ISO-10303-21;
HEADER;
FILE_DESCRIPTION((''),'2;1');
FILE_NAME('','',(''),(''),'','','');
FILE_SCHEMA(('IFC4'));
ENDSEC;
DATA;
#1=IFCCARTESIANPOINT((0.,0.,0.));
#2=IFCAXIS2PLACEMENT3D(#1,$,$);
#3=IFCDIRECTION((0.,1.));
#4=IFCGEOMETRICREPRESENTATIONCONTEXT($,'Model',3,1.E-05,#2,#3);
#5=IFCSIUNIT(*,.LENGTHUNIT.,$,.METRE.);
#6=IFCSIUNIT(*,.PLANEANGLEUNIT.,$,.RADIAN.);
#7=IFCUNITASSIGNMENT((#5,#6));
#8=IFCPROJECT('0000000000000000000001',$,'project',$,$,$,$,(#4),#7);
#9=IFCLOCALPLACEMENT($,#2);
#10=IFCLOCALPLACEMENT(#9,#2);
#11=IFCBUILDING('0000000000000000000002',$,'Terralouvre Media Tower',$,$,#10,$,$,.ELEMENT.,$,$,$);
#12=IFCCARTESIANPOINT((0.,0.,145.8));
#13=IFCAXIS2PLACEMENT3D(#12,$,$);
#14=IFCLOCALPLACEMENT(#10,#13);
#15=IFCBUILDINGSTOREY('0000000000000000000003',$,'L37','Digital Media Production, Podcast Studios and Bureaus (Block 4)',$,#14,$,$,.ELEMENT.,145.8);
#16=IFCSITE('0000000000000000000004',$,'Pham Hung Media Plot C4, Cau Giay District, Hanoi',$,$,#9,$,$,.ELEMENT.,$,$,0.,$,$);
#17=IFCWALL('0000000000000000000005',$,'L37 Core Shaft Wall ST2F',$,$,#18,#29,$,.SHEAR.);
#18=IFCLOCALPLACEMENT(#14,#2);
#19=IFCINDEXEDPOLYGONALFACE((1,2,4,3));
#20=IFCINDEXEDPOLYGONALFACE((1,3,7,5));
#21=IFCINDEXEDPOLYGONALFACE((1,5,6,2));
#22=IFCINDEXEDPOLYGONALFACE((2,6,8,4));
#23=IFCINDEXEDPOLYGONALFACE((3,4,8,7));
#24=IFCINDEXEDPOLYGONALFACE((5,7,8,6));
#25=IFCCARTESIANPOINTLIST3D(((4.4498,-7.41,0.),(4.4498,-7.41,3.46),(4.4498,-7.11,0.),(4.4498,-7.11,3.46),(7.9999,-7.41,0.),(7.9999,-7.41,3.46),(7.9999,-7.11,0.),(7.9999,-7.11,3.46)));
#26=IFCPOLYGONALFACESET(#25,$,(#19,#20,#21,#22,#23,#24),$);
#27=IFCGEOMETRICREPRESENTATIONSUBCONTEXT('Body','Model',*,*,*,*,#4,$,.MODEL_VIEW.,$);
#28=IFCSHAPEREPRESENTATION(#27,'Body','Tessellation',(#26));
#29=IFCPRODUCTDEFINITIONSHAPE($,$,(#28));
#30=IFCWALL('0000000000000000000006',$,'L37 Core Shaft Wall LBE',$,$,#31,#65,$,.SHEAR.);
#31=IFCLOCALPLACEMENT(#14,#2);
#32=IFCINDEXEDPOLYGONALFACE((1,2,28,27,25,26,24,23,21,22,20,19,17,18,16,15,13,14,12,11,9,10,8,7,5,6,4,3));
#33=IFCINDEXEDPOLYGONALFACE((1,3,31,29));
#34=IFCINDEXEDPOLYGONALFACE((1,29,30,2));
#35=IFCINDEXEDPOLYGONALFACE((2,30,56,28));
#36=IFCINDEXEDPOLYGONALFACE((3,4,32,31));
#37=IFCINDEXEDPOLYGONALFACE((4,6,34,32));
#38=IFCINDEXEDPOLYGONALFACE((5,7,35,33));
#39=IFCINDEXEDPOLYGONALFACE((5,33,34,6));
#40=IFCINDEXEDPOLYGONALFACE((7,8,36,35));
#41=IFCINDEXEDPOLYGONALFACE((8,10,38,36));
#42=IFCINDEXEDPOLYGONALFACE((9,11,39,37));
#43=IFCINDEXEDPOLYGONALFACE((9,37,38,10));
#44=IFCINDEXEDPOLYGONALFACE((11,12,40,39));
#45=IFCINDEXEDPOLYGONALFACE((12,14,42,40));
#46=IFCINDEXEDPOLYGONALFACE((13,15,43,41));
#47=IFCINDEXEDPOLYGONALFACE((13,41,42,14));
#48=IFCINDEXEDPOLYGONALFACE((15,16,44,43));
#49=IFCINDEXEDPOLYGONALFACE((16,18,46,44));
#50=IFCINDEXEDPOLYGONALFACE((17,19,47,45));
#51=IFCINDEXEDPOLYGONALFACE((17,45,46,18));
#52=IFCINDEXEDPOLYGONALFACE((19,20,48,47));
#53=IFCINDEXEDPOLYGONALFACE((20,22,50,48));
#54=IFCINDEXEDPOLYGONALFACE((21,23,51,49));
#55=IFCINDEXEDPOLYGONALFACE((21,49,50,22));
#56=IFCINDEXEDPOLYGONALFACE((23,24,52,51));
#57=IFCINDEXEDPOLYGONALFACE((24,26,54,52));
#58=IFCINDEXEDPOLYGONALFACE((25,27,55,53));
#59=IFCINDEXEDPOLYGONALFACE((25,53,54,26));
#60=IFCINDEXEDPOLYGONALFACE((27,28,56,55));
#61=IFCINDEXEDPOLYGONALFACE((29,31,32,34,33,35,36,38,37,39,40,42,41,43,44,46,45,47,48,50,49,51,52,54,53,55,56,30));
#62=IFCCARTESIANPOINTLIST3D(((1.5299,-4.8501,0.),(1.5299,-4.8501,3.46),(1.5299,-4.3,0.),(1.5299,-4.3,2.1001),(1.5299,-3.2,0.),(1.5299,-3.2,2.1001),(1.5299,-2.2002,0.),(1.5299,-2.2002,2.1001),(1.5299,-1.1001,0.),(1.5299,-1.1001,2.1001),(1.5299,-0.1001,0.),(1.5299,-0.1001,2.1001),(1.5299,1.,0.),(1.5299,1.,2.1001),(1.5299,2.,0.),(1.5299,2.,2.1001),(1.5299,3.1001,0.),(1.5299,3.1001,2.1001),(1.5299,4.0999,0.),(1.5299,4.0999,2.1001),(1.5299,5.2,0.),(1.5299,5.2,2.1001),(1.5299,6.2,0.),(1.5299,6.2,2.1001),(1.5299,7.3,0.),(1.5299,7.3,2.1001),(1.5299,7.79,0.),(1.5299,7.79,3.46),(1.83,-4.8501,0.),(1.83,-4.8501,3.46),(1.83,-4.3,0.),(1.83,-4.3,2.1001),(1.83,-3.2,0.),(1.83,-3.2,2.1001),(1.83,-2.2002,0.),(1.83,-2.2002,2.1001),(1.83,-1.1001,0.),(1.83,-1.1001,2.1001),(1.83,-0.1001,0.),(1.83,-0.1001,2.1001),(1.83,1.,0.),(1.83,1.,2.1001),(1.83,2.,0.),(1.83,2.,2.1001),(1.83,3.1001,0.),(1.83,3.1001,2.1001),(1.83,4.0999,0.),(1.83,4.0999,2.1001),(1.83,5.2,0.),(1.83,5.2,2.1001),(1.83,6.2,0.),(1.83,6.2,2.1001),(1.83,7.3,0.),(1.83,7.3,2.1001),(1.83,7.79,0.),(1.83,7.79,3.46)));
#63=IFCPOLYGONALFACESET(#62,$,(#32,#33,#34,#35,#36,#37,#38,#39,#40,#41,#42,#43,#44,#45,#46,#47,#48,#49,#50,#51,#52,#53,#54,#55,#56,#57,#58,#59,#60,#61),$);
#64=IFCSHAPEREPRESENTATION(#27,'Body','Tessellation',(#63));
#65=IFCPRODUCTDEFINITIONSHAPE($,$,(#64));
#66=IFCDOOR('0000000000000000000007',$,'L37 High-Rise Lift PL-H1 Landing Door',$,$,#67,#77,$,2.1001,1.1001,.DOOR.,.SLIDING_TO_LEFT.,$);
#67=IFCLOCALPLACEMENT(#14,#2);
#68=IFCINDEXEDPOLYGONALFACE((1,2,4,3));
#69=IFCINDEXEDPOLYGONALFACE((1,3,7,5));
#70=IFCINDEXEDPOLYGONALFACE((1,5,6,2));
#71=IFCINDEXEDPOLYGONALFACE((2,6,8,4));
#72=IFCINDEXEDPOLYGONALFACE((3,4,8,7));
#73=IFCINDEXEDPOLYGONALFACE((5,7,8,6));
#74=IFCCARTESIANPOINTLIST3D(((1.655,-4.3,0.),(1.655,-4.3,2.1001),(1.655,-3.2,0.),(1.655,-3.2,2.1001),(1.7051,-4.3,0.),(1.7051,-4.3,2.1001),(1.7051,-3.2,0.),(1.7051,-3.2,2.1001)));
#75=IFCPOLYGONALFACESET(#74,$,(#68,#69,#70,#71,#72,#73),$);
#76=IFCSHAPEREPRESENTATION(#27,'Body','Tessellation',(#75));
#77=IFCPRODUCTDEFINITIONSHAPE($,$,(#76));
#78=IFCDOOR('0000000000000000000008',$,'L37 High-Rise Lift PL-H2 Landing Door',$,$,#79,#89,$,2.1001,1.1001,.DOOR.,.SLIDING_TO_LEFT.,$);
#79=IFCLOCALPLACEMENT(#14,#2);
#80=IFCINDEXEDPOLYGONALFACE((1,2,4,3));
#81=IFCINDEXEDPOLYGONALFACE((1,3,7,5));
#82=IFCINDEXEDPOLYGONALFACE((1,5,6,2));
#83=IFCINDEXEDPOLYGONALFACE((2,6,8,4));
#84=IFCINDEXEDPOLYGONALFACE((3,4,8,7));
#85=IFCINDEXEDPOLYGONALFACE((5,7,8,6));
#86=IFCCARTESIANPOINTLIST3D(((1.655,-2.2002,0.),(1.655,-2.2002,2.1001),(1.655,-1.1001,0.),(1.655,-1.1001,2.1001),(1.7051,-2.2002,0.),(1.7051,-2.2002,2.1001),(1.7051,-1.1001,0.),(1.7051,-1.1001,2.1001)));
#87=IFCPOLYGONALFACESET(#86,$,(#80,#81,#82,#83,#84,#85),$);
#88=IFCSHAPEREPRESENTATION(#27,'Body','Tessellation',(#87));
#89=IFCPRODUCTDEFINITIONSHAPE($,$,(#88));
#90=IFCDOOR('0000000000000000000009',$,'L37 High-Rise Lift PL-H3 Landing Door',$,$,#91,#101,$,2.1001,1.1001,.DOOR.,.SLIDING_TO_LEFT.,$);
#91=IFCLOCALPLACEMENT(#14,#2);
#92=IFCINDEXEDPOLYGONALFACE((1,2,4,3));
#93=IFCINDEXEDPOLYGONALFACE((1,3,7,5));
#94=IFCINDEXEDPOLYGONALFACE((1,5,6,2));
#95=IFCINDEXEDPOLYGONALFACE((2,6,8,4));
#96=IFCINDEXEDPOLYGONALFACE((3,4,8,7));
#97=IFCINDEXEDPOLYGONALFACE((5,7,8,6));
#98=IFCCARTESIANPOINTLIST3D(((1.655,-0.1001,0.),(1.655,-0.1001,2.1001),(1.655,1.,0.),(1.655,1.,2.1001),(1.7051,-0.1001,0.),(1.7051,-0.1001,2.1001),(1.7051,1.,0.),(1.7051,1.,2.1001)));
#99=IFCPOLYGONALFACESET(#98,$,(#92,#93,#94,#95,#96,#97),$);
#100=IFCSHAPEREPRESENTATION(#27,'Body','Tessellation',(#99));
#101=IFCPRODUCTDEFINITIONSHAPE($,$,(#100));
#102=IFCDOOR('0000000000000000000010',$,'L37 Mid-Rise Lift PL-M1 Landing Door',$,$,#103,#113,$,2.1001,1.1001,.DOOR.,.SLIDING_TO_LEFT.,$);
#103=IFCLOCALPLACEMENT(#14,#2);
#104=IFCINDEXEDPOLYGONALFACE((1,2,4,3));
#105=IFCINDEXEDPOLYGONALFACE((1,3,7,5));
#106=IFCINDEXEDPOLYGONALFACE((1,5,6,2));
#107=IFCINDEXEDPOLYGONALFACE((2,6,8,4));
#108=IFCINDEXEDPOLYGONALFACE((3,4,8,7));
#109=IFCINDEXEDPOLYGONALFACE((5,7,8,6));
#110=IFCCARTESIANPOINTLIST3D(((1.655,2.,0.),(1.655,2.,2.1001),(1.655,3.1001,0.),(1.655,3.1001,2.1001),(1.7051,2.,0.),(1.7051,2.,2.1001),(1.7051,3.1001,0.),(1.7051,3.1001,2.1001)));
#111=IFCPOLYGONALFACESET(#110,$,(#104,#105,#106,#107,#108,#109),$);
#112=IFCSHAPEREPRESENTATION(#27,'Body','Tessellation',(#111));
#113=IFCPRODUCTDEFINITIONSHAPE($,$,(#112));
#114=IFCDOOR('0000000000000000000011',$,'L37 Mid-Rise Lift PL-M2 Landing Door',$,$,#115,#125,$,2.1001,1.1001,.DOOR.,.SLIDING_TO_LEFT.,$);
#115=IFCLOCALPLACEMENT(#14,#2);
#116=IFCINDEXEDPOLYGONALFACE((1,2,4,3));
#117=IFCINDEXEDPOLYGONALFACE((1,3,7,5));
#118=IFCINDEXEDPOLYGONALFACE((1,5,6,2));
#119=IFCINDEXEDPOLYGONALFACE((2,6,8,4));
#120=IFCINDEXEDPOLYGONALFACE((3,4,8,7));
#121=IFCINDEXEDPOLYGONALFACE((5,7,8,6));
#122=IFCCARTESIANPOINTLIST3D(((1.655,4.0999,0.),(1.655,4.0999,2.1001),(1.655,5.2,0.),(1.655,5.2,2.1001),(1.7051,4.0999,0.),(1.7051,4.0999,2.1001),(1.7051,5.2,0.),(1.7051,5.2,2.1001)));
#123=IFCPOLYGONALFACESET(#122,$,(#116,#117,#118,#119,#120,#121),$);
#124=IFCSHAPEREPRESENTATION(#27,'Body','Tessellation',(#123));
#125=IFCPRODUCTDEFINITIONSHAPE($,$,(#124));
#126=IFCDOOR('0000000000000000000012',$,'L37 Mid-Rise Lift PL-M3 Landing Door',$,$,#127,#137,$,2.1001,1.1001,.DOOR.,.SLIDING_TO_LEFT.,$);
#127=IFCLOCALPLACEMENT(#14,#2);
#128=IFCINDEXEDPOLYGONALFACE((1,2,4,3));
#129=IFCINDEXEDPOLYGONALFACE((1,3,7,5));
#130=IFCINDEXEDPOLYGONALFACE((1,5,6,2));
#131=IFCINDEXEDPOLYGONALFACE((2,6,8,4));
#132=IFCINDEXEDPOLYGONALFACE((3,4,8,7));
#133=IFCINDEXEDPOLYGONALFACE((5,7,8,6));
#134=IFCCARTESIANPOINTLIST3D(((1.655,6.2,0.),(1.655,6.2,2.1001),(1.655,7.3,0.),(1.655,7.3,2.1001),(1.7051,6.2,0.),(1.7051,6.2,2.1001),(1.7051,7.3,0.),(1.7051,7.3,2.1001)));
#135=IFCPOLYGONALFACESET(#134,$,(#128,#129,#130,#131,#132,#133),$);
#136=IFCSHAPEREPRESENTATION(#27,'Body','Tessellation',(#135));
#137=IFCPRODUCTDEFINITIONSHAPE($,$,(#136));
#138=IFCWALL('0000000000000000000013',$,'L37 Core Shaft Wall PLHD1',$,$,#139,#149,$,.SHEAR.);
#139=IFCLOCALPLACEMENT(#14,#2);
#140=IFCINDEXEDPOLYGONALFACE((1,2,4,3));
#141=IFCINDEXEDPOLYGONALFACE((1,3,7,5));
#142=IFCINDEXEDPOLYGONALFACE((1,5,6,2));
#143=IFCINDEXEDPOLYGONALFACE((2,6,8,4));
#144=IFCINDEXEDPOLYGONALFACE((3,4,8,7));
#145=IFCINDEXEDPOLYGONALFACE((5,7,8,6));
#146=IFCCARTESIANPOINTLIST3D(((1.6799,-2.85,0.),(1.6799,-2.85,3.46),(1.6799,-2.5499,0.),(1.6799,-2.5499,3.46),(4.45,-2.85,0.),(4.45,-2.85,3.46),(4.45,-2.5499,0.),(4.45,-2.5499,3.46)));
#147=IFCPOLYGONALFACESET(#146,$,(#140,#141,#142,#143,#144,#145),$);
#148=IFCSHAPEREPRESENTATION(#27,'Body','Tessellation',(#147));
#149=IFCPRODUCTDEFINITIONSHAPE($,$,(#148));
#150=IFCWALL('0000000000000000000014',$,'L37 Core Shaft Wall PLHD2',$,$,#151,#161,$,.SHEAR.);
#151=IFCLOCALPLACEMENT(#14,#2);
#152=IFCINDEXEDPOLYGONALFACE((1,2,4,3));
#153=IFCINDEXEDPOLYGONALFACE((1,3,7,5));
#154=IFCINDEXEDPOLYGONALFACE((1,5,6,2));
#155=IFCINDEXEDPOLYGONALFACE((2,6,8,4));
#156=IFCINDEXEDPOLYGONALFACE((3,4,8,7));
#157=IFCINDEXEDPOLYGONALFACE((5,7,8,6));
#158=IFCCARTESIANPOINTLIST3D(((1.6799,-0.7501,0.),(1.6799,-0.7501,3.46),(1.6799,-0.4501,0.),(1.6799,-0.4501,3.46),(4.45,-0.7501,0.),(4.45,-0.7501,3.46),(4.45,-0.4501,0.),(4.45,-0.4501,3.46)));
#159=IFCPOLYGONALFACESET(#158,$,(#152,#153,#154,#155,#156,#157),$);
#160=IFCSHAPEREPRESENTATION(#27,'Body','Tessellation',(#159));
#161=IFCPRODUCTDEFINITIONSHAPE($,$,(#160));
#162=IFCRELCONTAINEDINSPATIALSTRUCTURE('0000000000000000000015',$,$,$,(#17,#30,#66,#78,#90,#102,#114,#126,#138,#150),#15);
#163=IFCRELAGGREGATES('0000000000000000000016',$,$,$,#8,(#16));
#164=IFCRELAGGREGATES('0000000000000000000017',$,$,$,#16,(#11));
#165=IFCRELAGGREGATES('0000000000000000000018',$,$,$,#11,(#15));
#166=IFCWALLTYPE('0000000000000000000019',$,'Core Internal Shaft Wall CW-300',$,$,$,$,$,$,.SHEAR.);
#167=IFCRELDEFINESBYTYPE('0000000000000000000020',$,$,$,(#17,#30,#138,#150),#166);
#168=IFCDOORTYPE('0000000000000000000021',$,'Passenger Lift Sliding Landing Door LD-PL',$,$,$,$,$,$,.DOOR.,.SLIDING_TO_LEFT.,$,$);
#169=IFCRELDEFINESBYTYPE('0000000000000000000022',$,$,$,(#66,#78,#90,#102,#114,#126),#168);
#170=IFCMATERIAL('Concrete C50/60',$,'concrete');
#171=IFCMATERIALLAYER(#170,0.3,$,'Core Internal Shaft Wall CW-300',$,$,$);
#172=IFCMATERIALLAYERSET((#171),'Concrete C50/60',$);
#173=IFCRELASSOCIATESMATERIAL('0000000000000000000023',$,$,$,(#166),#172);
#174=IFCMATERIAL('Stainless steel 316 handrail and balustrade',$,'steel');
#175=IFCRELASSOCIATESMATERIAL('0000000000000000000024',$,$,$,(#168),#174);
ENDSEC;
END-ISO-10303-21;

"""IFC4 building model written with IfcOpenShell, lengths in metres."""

from ifc_helpers import new_model, si_unit, direction, frame, frame_2d, origin, place, context, subcontext, project, spatial, rectangle, extrude, material, layer, layer_set, type_object, element, fill, save


model = new_model("IFC4")

# Units and contexts
model_context = context("Model", 3, precision=1e-05, world=origin(), true_north=direction((0.0, 1.0)))
body_context = subcontext(model_context, "Body", "Model", "MODEL_VIEW")
ifc_project = project(units=[si_unit("LENGTHUNIT", "METRE"), si_unit("PLANEANGLEUNIT", "RADIAN")], contexts=[model_context])

# Site, building, storey
site_placement = place(None, origin())
site = spatial("IfcSite", under=ifc_project, at=site_placement, Name="Pham Hung Media Plot C4, Cau Giay District, Hanoi", CompositionType="ELEMENT", RefElevation=0.0)
building_placement = place(site_placement, origin())
building = spatial("IfcBuilding", under=site, at=building_placement, Name="Terralouvre Media Tower", CompositionType="ELEMENT")
storey_placement = place(building_placement, frame((0.0, 0.0, 145.8)))
storey = spatial("IfcBuildingStorey", under=building, at=storey_placement, Name="L37", Description="Digital Media Production, Podcast Studios and Bureaus (Block 4)", CompositionType="ELEMENT", Elevation=145.8)

# Shared definitions
ifc_material_1 = material(Name="Concrete C50/60", Category="concrete")
ifc_layer_1 = layer(ifc_material_1, 0.3, Name="Core Internal Shaft Wall CW-300")
ifc_layer_set_1 = layer_set([ifc_layer_1], Name="Concrete C50/60")
wall_type = type_object("IfcWallType", Name="Core Internal Shaft Wall CW-300", PredefinedType="SHEAR", material=ifc_layer_set_1)

# Wall
wall_1_placement = place(storey_placement, frame((4.45, -7.26, 0.0), z_axis=(0.0, 0.0, 1.0), x_axis=(1.0, 0.0, 0.0)))
element("IfcWall", 1, at=wall_1_placement, inside=storey, type_object=wall_type, Name="L37 Core Shaft Wall ST2F", PredefinedType="SHEAR", context=body_context, shape_type="SweptSolid", body=[
    extrude(rectangle(XDim=3.55, YDim=0.3, at=frame_2d((1.7749, 0.0))), origin(), (0.0, 0.0, 1.0), 3.46),
])

# Wall, openings, doors
wall_2_placement = place(storey_placement, frame((1.6799, -4.8501, 0.0), z_axis=(0.0, 0.0, 1.0), x_axis=(0.0, 1.0, 0.0)))
wall_2 = element("IfcWall", 2, at=wall_2_placement, inside=storey, type_object=wall_type, Name="L37 Core Shaft Wall LBE", PredefinedType="SHEAR", context=body_context, shape_type="SweptSolid", body=[
    extrude(rectangle(XDim=12.6401, YDim=0.3, at=frame_2d((6.3201, 0.0))), origin(), (0.0, 0.0, 1.0), 3.46),
])
opening_1_placement = place(wall_2_placement, frame((0.55, 0.0, 0.0)))
opening_1 = element("IfcOpeningElement", 3, at=opening_1_placement, cuts=wall_2, PredefinedType="OPENING", context=body_context, shape_type="SweptSolid", body=[
    extrude(rectangle(XDim=1.1001, YDim=2.1001, at=frame_2d((0.55, 1.05))), frame((0.0, 0.1599, 0.0), z_axis=(0.0, -1.0, 0.0), x_axis=(1.0, 0.0, 0.0)), (0.0, 0.0, 1.0), 0.3201),
])
opening_2_placement = place(wall_2_placement, frame((2.6499, 0.0, 0.0)))
opening_2 = element("IfcOpeningElement", 4, at=opening_2_placement, cuts=wall_2, PredefinedType="OPENING", context=body_context, shape_type="SweptSolid", body=[
    extrude(rectangle(XDim=1.1001, YDim=2.1001, at=frame_2d((0.55, 1.05))), frame((0.0, 0.1599, 0.0), z_axis=(0.0, -1.0, 0.0), x_axis=(1.0, 0.0, 0.0)), (0.0, 0.0, 1.0), 0.3201),
])
opening_3_placement = place(wall_2_placement, frame((4.75, 0.0, 0.0)))
opening_3 = element("IfcOpeningElement", 5, at=opening_3_placement, cuts=wall_2, PredefinedType="OPENING", context=body_context, shape_type="SweptSolid", body=[
    extrude(rectangle(XDim=1.1001, YDim=2.1001, at=frame_2d((0.55, 1.05))), frame((0.0, 0.1599, 0.0), z_axis=(0.0, -1.0, 0.0), x_axis=(1.0, 0.0, 0.0)), (0.0, 0.0, 1.0), 0.3201),
])
opening_4_placement = place(wall_2_placement, frame((6.8501, 0.0, 0.0)))
opening_4 = element("IfcOpeningElement", 6, at=opening_4_placement, cuts=wall_2, PredefinedType="OPENING", context=body_context, shape_type="SweptSolid", body=[
    extrude(rectangle(XDim=1.1001, YDim=2.1001, at=frame_2d((0.55, 1.05))), frame((0.0, 0.1599, 0.0), z_axis=(0.0, -1.0, 0.0), x_axis=(1.0, 0.0, 0.0)), (0.0, 0.0, 1.0), 0.3201),
])
opening_5_placement = place(wall_2_placement, frame((8.95, 0.0, 0.0)))
opening_5 = element("IfcOpeningElement", 7, at=opening_5_placement, cuts=wall_2, PredefinedType="OPENING", context=body_context, shape_type="SweptSolid", body=[
    extrude(rectangle(XDim=1.1001, YDim=2.1001, at=frame_2d((0.55, 1.05))), frame((0.0, 0.1599, 0.0), z_axis=(0.0, -1.0, 0.0), x_axis=(1.0, 0.0, 0.0)), (0.0, 0.0, 1.0), 0.3201),
])
opening_6_placement = place(wall_2_placement, frame((11.05, 0.0, 0.0)))
opening_6 = element("IfcOpeningElement", 8, at=opening_6_placement, cuts=wall_2, PredefinedType="OPENING", context=body_context, shape_type="SweptSolid", body=[
    extrude(rectangle(XDim=1.1001, YDim=2.1001, at=frame_2d((0.55, 1.05))), frame((0.0, 0.1599, 0.0), z_axis=(0.0, -1.0, 0.0), x_axis=(1.0, 0.0, 0.0)), (0.0, 0.0, 1.0), 0.3201),
])
ifc_material_2 = material(Name="Stainless steel 316 handrail and balustrade", Category="steel")
door_type_1 = type_object("IfcDoorType", Name="Passenger Lift Sliding Landing Door LD-PL", OperationType="SLIDING_TO_LEFT", PredefinedType="DOOR", material=ifc_material_2)
door_1_placement = place(opening_1_placement, origin())
door_1 = element("IfcDoor", 9, at=door_1_placement, inside=storey, type_object=door_type_1, Name="L37 High-Rise Lift PL-H1 Landing Door", OperationType="SLIDING_TO_LEFT", OverallHeight=2.1001, OverallWidth=1.1001, PredefinedType="DOOR", context=body_context, shape_type="SweptSolid", body=[
    extrude(rectangle(XDim=1.1001, YDim=2.1001, at=frame_2d((0.55, 1.05))), frame((0.0, 0.0249, 0.0), z_axis=(0.0, -1.0, 0.0), x_axis=(1.0, 0.0, 0.0)), (0.0, 0.0, 1.0), 0.05),
])
fill(opening_1, door_1)
door_2_placement = place(opening_2_placement, origin())
door_2 = element("IfcDoor", 10, at=door_2_placement, inside=storey, type_object=door_type_1, Name="L37 High-Rise Lift PL-H2 Landing Door", OperationType="SLIDING_TO_LEFT", OverallHeight=2.1001, OverallWidth=1.1001, PredefinedType="DOOR", context=body_context, shape_type="SweptSolid", body=[
    extrude(rectangle(XDim=1.1001, YDim=2.1001, at=frame_2d((0.55, 1.05))), frame((0.0, 0.0249, 0.0), z_axis=(0.0, -1.0, 0.0), x_axis=(1.0, 0.0, 0.0)), (0.0, 0.0, 1.0), 0.05),
])
fill(opening_2, door_2)
door_3_placement = place(opening_3_placement, origin())
door_3 = element("IfcDoor", 11, at=door_3_placement, inside=storey, type_object=door_type_1, Name="L37 High-Rise Lift PL-H3 Landing Door", OperationType="SLIDING_TO_LEFT", OverallHeight=2.1001, OverallWidth=1.1001, PredefinedType="DOOR", context=body_context, shape_type="SweptSolid", body=[
    extrude(rectangle(XDim=1.1001, YDim=2.1001, at=frame_2d((0.55, 1.05))), frame((0.0, 0.0249, 0.0), z_axis=(0.0, -1.0, 0.0), x_axis=(1.0, 0.0, 0.0)), (0.0, 0.0, 1.0), 0.05),
])
fill(opening_3, door_3)
door_4_placement = place(opening_4_placement, origin())
door_4 = element("IfcDoor", 12, at=door_4_placement, inside=storey, type_object=door_type_1, Name="L37 Mid-Rise Lift PL-M1 Landing Door", OperationType="SLIDING_TO_LEFT", OverallHeight=2.1001, OverallWidth=1.1001, PredefinedType="DOOR", context=body_context, shape_type="SweptSolid", body=[
    extrude(rectangle(XDim=1.1001, YDim=2.1001, at=frame_2d((0.55, 1.05))), frame((0.0, 0.0249, 0.0), z_axis=(0.0, -1.0, 0.0), x_axis=(1.0, 0.0, 0.0)), (0.0, 0.0, 1.0), 0.05),
])
fill(opening_4, door_4)
door_5_placement = place(opening_5_placement, origin())
door_5 = element("IfcDoor", 13, at=door_5_placement, inside=storey, type_object=door_type_1, Name="L37 Mid-Rise Lift PL-M2 Landing Door", OperationType="SLIDING_TO_LEFT", OverallHeight=2.1001, OverallWidth=1.1001, PredefinedType="DOOR", context=body_context, shape_type="SweptSolid", body=[
    extrude(rectangle(XDim=1.1001, YDim=2.1001, at=frame_2d((0.55, 1.05))), frame((0.0, 0.0249, 0.0), z_axis=(0.0, -1.0, 0.0), x_axis=(1.0, 0.0, 0.0)), (0.0, 0.0, 1.0), 0.05),
])
fill(opening_5, door_5)
door_6_placement = place(opening_6_placement, origin())
door_6 = element("IfcDoor", 14, at=door_6_placement, inside=storey, type_object=door_type_1, Name="L37 Mid-Rise Lift PL-M3 Landing Door", OperationType="SLIDING_TO_LEFT", OverallHeight=2.1001, OverallWidth=1.1001, PredefinedType="DOOR", context=body_context, shape_type="SweptSolid", body=[
    extrude(rectangle(XDim=1.1001, YDim=2.1001, at=frame_2d((0.55, 1.05))), frame((0.0, 0.0249, 0.0), z_axis=(0.0, -1.0, 0.0), x_axis=(1.0, 0.0, 0.0)), (0.0, 0.0, 1.0), 0.05),
])
fill(opening_6, door_6)

# Walls
for number, where, z_axis, x_axis, name in (
    (15, (1.6799, -2.7, 0.0), (0.0, 0.0, 1.0), (1.0, 0.0, 0.0), "L37 Core Shaft Wall PLHD1"),
    (16, (1.6799, -0.6001, 0.0), (0.0, 0.0, 1.0), (1.0, 0.0, 0.0), "L37 Core Shaft Wall PLHD2"),
):
    element("IfcWall", number, at=place(storey_placement, frame(where, z_axis=z_axis, x_axis=x_axis)), inside=storey, type_object=wall_type, Name=name, PredefinedType="SHEAR", context=body_context, shape_type="SweptSolid", body=[
        extrude(rectangle(XDim=2.77, YDim=0.3, at=frame_2d((1.385, 0.0))), origin(), (0.0, 0.0, 1.0), 3.46),
    ])

save(model, "model.ifc")
